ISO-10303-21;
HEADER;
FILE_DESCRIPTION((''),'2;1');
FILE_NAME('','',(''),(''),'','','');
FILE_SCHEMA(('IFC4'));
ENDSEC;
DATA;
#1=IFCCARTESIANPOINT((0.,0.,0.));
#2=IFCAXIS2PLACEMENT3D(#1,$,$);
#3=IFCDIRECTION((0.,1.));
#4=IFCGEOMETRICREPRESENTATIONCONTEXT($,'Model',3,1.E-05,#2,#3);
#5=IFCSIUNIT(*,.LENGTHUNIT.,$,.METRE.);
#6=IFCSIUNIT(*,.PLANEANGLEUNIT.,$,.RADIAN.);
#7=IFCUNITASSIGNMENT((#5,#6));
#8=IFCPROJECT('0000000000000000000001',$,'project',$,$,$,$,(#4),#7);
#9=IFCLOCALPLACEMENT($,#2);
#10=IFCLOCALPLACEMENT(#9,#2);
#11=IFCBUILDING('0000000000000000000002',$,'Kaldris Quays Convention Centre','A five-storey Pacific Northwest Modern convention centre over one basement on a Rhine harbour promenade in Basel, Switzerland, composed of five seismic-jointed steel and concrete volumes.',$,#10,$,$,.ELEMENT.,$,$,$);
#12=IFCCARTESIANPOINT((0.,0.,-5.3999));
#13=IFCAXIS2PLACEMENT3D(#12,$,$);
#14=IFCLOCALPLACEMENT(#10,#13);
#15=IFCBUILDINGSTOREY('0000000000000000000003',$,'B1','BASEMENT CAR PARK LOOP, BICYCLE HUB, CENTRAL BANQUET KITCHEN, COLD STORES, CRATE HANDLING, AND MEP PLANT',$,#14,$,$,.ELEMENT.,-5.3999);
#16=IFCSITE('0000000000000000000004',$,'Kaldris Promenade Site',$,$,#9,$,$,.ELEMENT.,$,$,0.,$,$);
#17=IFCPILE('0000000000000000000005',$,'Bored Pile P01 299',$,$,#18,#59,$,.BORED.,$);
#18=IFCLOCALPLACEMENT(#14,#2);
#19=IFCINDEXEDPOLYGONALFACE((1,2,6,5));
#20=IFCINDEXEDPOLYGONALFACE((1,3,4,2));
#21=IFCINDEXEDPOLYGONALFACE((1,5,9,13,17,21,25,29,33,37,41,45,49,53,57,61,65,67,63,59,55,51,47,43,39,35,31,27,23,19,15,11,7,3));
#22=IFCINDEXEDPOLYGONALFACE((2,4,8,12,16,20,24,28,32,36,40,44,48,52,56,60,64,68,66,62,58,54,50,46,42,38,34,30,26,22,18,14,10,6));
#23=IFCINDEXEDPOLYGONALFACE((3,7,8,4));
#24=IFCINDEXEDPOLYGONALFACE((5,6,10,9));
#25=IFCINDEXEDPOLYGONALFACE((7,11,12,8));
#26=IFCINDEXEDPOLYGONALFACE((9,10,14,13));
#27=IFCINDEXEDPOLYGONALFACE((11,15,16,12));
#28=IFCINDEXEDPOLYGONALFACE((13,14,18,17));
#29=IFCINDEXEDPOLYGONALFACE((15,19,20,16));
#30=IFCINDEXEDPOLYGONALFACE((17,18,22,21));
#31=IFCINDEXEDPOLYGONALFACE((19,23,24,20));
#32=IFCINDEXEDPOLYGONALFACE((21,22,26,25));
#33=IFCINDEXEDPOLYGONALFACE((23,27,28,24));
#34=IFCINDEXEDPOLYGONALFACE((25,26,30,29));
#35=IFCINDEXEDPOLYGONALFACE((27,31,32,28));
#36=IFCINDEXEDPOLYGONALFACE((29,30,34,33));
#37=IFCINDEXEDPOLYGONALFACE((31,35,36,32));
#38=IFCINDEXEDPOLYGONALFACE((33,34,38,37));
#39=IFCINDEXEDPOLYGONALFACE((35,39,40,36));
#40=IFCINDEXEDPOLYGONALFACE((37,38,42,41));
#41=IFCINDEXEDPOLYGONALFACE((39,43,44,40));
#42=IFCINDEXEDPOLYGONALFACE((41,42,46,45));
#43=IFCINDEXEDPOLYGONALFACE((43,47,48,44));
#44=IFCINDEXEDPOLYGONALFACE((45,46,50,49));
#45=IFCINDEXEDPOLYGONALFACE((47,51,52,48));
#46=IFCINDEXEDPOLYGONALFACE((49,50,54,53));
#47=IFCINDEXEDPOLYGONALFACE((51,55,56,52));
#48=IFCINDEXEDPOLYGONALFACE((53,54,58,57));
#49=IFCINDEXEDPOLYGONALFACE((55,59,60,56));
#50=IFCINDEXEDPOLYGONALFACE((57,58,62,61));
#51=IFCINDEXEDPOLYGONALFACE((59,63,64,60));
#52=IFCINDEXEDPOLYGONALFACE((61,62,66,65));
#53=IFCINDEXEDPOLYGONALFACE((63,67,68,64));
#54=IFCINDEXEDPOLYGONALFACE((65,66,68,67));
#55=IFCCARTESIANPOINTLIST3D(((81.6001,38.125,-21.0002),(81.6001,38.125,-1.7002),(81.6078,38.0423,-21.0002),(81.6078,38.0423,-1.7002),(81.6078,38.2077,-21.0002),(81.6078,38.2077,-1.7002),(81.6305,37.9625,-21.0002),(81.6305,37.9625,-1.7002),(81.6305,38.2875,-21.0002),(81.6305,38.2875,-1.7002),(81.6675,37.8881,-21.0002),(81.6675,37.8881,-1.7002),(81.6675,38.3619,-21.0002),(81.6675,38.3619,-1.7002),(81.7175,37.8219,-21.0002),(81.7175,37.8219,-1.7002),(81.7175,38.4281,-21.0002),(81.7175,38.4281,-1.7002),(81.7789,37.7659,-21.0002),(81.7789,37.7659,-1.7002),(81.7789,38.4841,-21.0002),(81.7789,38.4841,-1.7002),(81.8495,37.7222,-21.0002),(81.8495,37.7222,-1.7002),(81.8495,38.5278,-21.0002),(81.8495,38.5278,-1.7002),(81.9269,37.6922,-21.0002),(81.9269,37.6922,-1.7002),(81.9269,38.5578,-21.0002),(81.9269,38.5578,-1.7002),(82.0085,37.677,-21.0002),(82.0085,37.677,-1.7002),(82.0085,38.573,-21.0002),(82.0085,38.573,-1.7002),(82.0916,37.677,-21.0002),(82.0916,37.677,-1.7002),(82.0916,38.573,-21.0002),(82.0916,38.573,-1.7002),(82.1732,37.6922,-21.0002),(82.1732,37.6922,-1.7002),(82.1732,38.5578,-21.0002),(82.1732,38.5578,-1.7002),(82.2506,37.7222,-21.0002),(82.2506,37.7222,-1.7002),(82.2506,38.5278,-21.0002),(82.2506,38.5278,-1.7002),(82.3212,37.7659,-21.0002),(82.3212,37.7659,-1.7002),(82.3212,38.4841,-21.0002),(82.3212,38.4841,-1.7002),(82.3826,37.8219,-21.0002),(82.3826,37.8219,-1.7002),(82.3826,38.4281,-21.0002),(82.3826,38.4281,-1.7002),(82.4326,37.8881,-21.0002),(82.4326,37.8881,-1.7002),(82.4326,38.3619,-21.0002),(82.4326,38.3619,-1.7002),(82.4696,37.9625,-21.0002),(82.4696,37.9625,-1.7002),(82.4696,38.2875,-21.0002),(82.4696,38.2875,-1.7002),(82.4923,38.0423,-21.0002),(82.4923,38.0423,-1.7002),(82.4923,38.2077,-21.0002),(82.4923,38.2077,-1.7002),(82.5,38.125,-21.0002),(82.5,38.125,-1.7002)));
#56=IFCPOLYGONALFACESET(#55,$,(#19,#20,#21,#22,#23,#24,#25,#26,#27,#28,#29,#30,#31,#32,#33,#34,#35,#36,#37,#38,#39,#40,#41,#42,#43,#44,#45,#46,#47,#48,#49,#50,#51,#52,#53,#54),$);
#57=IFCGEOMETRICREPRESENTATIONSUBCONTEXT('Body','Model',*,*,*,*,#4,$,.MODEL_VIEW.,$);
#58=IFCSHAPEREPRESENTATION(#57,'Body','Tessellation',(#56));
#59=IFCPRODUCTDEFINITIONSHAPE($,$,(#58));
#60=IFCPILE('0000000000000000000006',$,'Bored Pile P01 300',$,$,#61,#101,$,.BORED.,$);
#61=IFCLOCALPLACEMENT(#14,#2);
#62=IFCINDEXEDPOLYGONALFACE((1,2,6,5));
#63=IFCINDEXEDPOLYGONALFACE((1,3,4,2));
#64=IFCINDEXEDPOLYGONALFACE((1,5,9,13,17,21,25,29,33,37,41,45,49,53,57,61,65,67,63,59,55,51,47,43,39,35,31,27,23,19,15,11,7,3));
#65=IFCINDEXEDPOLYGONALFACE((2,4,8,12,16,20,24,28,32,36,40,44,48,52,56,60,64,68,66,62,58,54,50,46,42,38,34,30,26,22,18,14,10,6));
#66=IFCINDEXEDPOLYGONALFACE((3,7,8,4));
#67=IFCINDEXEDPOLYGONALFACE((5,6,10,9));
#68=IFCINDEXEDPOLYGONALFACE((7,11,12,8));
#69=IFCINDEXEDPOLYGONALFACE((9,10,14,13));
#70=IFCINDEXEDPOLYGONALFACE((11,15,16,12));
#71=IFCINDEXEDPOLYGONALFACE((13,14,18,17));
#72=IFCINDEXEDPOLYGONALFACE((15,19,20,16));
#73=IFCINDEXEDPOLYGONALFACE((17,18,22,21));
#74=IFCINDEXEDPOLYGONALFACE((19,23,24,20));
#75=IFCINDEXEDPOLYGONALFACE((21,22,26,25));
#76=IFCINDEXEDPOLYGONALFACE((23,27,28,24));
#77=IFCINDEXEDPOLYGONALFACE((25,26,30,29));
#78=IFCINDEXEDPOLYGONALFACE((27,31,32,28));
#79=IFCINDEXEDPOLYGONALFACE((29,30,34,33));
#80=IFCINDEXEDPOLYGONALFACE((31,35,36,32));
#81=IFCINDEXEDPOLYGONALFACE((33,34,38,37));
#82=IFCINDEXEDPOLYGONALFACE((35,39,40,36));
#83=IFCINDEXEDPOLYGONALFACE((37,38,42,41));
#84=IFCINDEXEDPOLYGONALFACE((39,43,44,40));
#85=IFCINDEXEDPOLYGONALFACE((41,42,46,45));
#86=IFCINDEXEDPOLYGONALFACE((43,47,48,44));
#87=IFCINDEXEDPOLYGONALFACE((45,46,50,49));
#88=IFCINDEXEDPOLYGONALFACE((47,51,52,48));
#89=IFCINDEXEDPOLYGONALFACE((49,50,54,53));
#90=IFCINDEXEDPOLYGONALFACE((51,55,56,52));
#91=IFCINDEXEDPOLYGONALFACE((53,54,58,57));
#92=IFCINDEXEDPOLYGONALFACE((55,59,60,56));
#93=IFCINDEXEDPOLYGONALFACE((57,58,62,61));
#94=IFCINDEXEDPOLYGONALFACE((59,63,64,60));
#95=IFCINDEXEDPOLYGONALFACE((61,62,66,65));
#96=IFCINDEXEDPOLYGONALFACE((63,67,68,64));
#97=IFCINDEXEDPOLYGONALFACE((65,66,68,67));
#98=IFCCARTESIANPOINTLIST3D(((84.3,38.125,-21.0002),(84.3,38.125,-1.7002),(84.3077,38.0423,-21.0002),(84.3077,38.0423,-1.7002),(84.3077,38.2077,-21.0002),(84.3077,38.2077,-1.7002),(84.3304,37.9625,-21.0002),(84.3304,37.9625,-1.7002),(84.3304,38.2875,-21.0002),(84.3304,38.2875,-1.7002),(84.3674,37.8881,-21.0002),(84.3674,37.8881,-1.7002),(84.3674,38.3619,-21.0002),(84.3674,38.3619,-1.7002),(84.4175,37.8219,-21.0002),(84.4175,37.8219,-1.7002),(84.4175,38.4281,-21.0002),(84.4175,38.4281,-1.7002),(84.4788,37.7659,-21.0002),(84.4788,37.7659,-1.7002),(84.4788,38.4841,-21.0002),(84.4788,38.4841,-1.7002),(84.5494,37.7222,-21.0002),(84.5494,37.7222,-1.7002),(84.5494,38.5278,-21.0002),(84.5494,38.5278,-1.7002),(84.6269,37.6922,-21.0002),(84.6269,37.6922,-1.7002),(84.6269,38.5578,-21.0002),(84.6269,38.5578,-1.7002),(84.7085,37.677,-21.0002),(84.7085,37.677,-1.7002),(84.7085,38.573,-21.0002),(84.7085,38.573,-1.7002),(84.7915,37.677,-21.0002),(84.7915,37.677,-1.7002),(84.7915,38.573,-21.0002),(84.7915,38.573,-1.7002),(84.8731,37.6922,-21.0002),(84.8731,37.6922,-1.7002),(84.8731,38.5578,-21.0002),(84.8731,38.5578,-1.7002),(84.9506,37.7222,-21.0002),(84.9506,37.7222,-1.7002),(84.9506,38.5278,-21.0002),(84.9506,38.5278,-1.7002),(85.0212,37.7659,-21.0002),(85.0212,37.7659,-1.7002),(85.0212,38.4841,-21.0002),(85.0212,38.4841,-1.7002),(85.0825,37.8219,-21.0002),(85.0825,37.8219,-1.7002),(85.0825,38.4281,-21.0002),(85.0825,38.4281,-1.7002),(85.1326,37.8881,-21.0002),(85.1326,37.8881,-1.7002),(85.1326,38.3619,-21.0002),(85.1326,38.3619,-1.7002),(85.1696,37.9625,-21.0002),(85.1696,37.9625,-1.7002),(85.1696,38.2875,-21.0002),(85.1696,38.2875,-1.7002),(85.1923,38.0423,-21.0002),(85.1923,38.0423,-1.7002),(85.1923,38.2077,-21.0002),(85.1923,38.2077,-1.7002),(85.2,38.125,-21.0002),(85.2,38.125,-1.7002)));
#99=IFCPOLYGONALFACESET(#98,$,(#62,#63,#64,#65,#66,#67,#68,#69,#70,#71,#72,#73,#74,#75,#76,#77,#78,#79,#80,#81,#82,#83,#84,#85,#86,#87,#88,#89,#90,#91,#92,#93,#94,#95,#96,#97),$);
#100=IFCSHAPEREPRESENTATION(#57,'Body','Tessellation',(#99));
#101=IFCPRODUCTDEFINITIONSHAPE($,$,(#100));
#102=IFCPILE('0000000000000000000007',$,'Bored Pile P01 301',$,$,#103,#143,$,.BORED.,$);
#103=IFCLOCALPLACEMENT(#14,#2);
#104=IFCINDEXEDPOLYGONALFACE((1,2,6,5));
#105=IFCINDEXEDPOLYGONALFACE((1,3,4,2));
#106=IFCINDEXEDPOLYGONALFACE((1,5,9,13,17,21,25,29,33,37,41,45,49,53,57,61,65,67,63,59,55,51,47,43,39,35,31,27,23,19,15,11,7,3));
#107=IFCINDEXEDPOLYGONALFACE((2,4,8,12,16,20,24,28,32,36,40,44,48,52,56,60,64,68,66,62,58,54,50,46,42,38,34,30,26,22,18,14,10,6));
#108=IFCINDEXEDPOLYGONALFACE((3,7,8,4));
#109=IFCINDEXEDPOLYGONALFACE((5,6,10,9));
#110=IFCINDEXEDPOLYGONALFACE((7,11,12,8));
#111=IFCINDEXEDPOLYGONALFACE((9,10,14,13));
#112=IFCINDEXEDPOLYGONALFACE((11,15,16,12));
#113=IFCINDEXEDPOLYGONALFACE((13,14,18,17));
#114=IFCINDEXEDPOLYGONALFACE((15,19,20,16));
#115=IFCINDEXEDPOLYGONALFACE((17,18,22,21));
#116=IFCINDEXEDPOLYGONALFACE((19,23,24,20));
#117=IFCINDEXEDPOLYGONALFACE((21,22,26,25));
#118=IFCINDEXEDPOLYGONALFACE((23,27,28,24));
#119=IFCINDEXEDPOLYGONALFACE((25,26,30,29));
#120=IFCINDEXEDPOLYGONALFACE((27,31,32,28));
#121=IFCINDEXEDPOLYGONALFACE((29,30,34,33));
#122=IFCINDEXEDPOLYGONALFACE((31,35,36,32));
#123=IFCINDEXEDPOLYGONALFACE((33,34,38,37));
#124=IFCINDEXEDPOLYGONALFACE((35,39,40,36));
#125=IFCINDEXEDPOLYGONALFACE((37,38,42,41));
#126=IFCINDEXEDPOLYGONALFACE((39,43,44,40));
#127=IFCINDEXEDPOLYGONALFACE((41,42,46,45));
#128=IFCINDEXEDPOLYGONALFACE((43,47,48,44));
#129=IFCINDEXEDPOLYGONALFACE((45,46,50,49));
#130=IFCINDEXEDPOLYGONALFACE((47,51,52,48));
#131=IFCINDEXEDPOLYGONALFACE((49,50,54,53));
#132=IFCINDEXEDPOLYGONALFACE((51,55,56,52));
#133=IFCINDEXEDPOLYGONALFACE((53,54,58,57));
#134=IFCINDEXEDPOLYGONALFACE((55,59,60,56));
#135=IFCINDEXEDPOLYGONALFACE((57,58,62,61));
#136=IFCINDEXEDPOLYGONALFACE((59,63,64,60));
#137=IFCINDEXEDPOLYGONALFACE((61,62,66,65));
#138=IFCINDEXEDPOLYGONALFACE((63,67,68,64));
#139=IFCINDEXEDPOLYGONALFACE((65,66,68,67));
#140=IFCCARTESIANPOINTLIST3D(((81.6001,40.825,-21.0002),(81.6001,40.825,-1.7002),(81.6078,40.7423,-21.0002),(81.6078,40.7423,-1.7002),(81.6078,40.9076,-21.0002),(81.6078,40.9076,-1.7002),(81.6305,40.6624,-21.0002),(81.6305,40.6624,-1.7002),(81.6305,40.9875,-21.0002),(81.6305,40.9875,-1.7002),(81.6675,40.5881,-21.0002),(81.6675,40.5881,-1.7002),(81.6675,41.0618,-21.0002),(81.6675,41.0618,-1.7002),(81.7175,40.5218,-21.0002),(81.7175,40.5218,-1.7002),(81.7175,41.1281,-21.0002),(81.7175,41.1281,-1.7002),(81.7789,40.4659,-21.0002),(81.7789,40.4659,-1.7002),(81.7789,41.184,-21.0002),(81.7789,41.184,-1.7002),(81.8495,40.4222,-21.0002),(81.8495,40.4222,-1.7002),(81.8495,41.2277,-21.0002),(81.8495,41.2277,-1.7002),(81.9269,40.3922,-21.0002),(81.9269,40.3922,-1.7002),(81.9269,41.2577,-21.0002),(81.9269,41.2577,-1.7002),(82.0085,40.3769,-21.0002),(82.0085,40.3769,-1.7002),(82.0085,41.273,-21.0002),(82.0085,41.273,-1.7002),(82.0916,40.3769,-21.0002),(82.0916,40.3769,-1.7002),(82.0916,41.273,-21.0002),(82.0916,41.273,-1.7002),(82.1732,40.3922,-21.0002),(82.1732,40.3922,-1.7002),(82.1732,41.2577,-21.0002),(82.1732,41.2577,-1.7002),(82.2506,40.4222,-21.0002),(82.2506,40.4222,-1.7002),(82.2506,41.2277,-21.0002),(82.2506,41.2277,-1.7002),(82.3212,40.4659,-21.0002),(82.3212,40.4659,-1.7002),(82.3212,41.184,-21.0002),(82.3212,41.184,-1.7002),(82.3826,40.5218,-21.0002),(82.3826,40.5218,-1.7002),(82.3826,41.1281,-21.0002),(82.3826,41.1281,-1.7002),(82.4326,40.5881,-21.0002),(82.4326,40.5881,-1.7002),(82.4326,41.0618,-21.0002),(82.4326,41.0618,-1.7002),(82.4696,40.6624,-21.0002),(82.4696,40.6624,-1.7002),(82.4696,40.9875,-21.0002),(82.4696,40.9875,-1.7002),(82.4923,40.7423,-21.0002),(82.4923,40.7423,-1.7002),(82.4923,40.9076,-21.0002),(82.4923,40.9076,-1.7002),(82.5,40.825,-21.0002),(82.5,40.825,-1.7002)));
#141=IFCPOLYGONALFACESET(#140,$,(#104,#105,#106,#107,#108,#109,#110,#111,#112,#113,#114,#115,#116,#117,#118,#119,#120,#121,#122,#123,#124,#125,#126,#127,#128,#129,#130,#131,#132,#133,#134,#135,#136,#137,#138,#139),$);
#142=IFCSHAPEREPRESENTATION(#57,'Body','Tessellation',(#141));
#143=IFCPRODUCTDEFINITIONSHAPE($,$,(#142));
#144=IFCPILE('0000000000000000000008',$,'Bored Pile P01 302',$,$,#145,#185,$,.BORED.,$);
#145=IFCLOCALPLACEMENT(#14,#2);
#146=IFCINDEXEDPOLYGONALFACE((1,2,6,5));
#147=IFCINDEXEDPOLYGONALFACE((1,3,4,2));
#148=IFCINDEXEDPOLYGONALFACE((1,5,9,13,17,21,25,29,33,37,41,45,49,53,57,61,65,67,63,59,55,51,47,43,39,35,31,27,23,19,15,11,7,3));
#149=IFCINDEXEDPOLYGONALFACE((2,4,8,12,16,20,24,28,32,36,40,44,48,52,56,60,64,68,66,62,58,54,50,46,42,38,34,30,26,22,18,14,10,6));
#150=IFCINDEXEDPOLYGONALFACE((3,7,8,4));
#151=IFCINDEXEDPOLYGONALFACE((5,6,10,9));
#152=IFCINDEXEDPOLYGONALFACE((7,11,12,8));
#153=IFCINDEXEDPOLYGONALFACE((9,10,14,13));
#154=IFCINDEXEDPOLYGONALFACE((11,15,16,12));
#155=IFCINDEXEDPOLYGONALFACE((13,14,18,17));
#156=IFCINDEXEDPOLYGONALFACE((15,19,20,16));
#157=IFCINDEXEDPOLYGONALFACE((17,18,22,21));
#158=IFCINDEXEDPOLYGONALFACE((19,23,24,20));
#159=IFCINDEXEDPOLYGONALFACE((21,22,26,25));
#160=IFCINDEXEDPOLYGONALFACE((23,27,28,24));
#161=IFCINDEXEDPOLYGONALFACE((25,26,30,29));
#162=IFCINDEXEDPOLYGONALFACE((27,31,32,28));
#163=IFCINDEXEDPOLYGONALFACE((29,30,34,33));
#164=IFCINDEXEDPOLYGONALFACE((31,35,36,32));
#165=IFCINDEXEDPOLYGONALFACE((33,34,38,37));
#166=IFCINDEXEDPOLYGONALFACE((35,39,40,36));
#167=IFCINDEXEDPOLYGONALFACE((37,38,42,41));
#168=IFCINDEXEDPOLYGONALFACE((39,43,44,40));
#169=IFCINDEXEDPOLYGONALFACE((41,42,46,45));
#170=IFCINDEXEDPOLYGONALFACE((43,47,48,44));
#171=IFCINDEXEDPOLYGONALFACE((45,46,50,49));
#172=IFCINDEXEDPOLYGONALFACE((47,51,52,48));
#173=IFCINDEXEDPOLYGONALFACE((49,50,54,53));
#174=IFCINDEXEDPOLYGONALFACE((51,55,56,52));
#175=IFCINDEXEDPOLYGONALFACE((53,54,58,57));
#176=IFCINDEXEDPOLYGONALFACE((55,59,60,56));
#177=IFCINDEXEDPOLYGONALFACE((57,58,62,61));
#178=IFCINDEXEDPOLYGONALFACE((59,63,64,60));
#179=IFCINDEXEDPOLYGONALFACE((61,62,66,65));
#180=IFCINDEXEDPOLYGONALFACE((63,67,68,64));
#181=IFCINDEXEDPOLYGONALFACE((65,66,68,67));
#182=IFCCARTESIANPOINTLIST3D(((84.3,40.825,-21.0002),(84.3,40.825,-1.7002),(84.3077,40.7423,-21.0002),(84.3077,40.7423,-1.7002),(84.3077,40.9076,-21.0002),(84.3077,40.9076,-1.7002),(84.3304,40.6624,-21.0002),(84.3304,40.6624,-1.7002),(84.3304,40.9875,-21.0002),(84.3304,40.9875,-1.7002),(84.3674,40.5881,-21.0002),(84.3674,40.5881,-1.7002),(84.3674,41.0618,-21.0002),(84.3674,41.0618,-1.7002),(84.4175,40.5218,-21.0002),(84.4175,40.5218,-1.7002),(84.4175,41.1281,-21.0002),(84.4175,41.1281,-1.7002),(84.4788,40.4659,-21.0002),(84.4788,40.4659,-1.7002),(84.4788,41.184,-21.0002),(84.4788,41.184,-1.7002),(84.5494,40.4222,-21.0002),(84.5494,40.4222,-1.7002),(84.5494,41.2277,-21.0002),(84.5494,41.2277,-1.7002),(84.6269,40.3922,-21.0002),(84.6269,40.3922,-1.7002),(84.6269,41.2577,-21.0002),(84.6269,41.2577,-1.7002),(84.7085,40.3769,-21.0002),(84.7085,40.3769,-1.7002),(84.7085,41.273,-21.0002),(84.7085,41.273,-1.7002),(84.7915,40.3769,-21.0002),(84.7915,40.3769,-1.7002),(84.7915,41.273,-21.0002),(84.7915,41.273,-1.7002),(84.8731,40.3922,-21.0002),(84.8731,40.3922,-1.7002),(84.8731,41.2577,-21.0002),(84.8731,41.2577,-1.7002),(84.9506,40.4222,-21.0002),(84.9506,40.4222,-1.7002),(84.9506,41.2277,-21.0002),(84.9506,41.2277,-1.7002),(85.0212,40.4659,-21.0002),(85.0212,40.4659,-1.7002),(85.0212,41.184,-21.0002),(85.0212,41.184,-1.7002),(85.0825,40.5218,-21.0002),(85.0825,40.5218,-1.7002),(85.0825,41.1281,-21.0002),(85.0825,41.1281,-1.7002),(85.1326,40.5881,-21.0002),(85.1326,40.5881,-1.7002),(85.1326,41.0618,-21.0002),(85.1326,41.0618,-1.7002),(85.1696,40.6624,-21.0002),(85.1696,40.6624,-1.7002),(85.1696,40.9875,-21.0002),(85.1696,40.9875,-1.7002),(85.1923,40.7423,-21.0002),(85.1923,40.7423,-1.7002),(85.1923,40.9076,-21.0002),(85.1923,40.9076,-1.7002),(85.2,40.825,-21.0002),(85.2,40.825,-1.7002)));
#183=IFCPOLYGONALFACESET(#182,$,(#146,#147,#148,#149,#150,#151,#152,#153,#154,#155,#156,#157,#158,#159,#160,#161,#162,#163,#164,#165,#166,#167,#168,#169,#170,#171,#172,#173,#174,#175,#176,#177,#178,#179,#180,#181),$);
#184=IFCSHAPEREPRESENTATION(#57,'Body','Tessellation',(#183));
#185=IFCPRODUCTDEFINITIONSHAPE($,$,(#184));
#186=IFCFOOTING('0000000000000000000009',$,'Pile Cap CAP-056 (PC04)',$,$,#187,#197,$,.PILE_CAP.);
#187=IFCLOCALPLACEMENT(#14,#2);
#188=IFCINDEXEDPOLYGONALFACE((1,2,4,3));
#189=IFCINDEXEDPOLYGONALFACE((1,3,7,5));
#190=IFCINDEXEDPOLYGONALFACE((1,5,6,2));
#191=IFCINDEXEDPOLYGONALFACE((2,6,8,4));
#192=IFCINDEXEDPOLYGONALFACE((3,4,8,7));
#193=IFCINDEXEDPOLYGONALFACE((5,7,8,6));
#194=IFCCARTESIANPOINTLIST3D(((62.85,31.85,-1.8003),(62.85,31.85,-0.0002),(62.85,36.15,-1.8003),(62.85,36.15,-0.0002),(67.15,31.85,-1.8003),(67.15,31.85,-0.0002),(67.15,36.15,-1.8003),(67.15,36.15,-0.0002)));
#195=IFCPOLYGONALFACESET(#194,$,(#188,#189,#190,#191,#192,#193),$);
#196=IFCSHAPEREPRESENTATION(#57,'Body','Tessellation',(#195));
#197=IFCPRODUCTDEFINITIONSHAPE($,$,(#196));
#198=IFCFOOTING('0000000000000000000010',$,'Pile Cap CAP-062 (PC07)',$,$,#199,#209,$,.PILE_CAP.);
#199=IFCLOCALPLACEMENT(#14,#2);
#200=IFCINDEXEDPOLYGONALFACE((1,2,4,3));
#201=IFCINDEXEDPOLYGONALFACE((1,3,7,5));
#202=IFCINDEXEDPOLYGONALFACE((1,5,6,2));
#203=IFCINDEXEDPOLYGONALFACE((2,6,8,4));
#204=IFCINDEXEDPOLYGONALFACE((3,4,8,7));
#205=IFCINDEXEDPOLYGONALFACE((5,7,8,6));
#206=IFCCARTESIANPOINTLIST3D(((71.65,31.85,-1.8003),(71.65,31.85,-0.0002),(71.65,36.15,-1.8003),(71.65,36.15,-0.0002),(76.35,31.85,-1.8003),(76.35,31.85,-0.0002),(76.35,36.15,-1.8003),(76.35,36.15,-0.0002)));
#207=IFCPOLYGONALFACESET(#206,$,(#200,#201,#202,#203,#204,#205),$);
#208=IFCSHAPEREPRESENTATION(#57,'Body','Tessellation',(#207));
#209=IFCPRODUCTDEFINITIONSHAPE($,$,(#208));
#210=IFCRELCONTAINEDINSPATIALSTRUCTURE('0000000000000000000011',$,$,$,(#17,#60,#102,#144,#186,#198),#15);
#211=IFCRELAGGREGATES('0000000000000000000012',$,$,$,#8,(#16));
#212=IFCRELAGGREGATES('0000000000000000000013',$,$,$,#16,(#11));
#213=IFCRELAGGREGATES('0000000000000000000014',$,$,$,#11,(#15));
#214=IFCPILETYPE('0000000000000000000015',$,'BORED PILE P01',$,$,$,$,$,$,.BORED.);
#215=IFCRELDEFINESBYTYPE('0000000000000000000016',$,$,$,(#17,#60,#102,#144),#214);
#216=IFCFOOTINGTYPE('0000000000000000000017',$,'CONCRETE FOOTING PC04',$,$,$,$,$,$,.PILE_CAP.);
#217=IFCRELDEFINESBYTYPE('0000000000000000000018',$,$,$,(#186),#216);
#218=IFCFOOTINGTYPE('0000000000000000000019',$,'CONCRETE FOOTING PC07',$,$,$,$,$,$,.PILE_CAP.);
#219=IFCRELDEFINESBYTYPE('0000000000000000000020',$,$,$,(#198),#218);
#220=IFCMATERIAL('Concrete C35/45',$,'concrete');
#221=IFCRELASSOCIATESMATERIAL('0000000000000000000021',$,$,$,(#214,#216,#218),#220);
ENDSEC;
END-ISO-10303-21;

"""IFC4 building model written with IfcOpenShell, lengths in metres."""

from ifc_helpers import new_model, si_unit, direction, frame, origin, origin_2d, place, context, subcontext, project, spatial, rectangle, circle, extrude, material, material_profile, profile_set, type_object, element, save


model = new_model("IFC4")

# Units and contexts
model_context = context("Model", 3, precision=1e-05, world=origin(), true_north=direction((0.0, 1.0)))
body_context = subcontext(model_context, "Body", "Model", "MODEL_VIEW")
ifc_project = project(units=[si_unit("LENGTHUNIT", "METRE"), si_unit("PLANEANGLEUNIT", "RADIAN")], contexts=[model_context])

# Site, building, storey
site_placement = place(None, origin())
site = spatial("IfcSite", under=ifc_project, at=site_placement, Name="Kaldris Promenade Site", CompositionType="ELEMENT", RefElevation=0.0)
building_placement = place(site_placement, origin())
building = spatial("IfcBuilding", under=site, at=building_placement, Name="Kaldris Quays Convention Centre", Description="A five-storey Pacific Northwest Modern convention centre over one basement on a Rhine harbour promenade in Basel, Switzerland, composed of five seismic-jointed steel and concrete volumes.", CompositionType="ELEMENT")
storey_placement = place(building_placement, frame((0.0, 0.0, -5.3999)))
storey = spatial("IfcBuildingStorey", under=building, at=storey_placement, Name="B1", Description="BASEMENT CAR PARK LOOP, BICYCLE HUB, CENTRAL BANQUET KITCHEN, COLD STORES, CRATE HANDLING, AND MEP PLANT", CompositionType="ELEMENT", Elevation=-5.3999)

# Piles
ifc_material_1 = material(Name="Concrete C35/45", Category="concrete")
ifc_material_profile_1 = material_profile(ifc_material_1, circle(Radius=0.45, at=origin_2d()), Name="BORED PILE D900")
ifc_profile_set_1 = profile_set([ifc_material_profile_1], Name="Concrete C35/45")
pile_type = type_object("IfcPileType", Name="BORED PILE P01", PredefinedType="BORED", material=ifc_profile_set_1)
for number, where, z_axis, x_axis, name in (
    (1, (82.05, 38.125, -1.7002), (0.0, 0.0, -1.0), (1.0, 0.0, 0.0), "Bored Pile P01 299"),
    (2, (84.75, 38.125, -1.7002), (0.0, 0.0, -1.0), (1.0, 0.0, 0.0), "Bored Pile P01 300"),
    (3, (82.05, 40.825, -1.7002), (0.0, 0.0, -1.0), (1.0, 0.0, 0.0), "Bored Pile P01 301"),
    (4, (84.75, 40.825, -1.7002), (0.0, 0.0, -1.0), (1.0, 0.0, 0.0), "Bored Pile P01 302"),
):
    element("IfcPile", number, at=place(storey_placement, frame(where, z_axis=z_axis, x_axis=x_axis)), inside=storey, type_object=pile_type, Name=name, PredefinedType="BORED", context=body_context, shape_type="SweptSolid", body=[
        extrude(circle(Radius=0.45, at=origin_2d()), origin(), (0.0, 0.0, 1.0), 19.3),
    ])

# Footings
footing_type_1 = type_object("IfcFootingType", Name="CONCRETE FOOTING PC04", PredefinedType="PILE_CAP", material=ifc_material_1)
footing_1_placement = place(storey_placement, frame((65.0, 34.0, -1.8003), z_axis=(0.0, 0.0, 1.0), x_axis=(1.0, 0.0, 0.0)))
element("IfcFooting", 5, at=footing_1_placement, inside=storey, type_object=footing_type_1, Name="Pile Cap CAP-056 (PC04)", PredefinedType="PILE_CAP", context=body_context, shape_type="SweptSolid", body=[
    extrude(rectangle(XDim=4.3, YDim=4.3, at=origin_2d()), origin(), (0.0, 0.0, 1.0), 1.8),
])
footing_type_2 = type_object("IfcFootingType", Name="CONCRETE FOOTING PC07", PredefinedType="PILE_CAP", material=ifc_material_1)
footing_2_placement = place(storey_placement, frame((74.0, 34.0, -1.8003), z_axis=(0.0, 0.0, 1.0), x_axis=(1.0, 0.0, 0.0)))
element("IfcFooting", 6, at=footing_2_placement, inside=storey, type_object=footing_type_2, Name="Pile Cap CAP-062 (PC07)", PredefinedType="PILE_CAP", context=body_context, shape_type="SweptSolid", body=[
    extrude(rectangle(XDim=4.7, YDim=4.3, at=origin_2d()), origin(), (0.0, 0.0, 1.0), 1.8),
])

save(model, "model.ifc")
